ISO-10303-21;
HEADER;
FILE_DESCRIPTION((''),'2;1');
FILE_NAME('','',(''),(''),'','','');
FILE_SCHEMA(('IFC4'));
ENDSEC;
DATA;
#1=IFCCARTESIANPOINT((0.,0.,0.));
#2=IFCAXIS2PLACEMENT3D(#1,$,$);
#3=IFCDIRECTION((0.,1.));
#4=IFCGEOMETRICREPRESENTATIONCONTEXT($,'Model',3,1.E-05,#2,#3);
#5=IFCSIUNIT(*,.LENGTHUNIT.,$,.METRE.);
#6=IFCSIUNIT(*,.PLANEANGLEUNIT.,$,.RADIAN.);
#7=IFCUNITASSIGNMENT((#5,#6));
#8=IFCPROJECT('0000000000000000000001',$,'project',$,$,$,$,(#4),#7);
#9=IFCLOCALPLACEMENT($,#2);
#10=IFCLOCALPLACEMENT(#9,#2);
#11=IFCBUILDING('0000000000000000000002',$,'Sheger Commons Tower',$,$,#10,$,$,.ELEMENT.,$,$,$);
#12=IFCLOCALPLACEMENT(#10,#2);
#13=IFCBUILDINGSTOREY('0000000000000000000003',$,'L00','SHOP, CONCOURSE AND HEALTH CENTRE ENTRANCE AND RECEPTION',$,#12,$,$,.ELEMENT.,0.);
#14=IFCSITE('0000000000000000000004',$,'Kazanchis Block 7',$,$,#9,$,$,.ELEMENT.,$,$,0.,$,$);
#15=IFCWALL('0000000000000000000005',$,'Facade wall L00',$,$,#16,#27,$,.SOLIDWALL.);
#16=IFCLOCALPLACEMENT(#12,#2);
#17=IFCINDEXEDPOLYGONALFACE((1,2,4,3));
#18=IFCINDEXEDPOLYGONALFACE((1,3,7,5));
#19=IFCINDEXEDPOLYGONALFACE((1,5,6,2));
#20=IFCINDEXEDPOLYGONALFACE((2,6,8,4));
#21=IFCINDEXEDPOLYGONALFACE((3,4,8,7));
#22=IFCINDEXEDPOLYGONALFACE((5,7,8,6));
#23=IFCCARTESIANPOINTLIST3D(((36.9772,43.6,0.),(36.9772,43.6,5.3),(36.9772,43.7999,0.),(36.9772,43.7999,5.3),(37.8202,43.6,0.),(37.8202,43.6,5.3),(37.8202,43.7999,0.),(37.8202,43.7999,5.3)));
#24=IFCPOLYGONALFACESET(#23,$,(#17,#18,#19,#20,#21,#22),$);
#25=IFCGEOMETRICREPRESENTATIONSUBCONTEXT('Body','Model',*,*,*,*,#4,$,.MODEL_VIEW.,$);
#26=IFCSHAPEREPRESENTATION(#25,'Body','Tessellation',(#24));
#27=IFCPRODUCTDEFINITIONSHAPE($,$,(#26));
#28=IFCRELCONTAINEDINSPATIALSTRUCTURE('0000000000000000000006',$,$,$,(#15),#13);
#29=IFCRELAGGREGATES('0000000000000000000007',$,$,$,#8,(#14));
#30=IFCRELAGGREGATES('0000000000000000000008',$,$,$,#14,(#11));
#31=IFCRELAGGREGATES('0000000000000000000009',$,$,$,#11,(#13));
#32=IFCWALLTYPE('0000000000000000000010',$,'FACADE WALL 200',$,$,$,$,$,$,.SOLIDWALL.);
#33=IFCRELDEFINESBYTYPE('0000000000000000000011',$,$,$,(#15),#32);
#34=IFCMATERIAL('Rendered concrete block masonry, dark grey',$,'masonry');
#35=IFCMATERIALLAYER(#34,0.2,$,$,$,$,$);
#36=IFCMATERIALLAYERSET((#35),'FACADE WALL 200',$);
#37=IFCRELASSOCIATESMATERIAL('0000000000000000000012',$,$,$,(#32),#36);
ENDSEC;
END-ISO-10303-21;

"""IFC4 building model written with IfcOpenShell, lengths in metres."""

from ifc_helpers import new_model, si_unit, direction, frame, frame_2d, origin, place, context, subcontext, project, spatial, rectangle, extrude, material, layer, layer_set, type_object, element, save


model = new_model("IFC4")

# Units and contexts
model_context = context("Model", 3, precision=1e-05, world=origin(), true_north=direction((0.0, 1.0)))
body_context = subcontext(model_context, "Body", "Model", "MODEL_VIEW")
ifc_project = project(units=[si_unit("LENGTHUNIT", "METRE"), si_unit("PLANEANGLEUNIT", "RADIAN")], contexts=[model_context])

# Site, building, storey
site_placement = place(None, origin())
site = spatial("IfcSite", under=ifc_project, at=site_placement, Name="Kazanchis Block 7", CompositionType="ELEMENT", RefElevation=0.0)
building_placement = place(site_placement, origin())
building = spatial("IfcBuilding", under=site, at=building_placement, Name="Sheger Commons Tower", CompositionType="ELEMENT")
storey_placement = place(building_placement, origin())
storey = spatial("IfcBuildingStorey", under=building, at=storey_placement, Name="L00", Description="SHOP, CONCOURSE AND HEALTH CENTRE ENTRANCE AND RECEPTION", CompositionType="ELEMENT", Elevation=0.0)

# Wall
ifc_material_1 = material(Name="Rendered concrete block masonry, dark grey", Category="masonry")
ifc_layer_1 = layer(ifc_material_1, 0.2)
ifc_layer_set_1 = layer_set([ifc_layer_1], Name="FACADE WALL 200")
wall_type_1 = type_object("IfcWallType", Name="FACADE WALL 200", PredefinedType="SOLIDWALL", material=ifc_layer_set_1)
wall_1_placement = place(storey_placement, frame((37.8201, 43.7, 0.0), z_axis=(0.0, 0.0, 1.0), x_axis=(-1.0, 0.0, 0.0)))
element("IfcWall", 1, at=wall_1_placement, inside=storey, type_object=wall_type_1, Name="Facade wall L00", PredefinedType="SOLIDWALL", context=body_context, shape_type="SweptSolid", body=[
    extrude(rectangle(XDim=0.843, YDim=0.2, at=frame_2d((0.4214, 0.0))), origin(), (0.0, 0.0, 1.0), 5.3),
])

save(model, "model.ifc")
